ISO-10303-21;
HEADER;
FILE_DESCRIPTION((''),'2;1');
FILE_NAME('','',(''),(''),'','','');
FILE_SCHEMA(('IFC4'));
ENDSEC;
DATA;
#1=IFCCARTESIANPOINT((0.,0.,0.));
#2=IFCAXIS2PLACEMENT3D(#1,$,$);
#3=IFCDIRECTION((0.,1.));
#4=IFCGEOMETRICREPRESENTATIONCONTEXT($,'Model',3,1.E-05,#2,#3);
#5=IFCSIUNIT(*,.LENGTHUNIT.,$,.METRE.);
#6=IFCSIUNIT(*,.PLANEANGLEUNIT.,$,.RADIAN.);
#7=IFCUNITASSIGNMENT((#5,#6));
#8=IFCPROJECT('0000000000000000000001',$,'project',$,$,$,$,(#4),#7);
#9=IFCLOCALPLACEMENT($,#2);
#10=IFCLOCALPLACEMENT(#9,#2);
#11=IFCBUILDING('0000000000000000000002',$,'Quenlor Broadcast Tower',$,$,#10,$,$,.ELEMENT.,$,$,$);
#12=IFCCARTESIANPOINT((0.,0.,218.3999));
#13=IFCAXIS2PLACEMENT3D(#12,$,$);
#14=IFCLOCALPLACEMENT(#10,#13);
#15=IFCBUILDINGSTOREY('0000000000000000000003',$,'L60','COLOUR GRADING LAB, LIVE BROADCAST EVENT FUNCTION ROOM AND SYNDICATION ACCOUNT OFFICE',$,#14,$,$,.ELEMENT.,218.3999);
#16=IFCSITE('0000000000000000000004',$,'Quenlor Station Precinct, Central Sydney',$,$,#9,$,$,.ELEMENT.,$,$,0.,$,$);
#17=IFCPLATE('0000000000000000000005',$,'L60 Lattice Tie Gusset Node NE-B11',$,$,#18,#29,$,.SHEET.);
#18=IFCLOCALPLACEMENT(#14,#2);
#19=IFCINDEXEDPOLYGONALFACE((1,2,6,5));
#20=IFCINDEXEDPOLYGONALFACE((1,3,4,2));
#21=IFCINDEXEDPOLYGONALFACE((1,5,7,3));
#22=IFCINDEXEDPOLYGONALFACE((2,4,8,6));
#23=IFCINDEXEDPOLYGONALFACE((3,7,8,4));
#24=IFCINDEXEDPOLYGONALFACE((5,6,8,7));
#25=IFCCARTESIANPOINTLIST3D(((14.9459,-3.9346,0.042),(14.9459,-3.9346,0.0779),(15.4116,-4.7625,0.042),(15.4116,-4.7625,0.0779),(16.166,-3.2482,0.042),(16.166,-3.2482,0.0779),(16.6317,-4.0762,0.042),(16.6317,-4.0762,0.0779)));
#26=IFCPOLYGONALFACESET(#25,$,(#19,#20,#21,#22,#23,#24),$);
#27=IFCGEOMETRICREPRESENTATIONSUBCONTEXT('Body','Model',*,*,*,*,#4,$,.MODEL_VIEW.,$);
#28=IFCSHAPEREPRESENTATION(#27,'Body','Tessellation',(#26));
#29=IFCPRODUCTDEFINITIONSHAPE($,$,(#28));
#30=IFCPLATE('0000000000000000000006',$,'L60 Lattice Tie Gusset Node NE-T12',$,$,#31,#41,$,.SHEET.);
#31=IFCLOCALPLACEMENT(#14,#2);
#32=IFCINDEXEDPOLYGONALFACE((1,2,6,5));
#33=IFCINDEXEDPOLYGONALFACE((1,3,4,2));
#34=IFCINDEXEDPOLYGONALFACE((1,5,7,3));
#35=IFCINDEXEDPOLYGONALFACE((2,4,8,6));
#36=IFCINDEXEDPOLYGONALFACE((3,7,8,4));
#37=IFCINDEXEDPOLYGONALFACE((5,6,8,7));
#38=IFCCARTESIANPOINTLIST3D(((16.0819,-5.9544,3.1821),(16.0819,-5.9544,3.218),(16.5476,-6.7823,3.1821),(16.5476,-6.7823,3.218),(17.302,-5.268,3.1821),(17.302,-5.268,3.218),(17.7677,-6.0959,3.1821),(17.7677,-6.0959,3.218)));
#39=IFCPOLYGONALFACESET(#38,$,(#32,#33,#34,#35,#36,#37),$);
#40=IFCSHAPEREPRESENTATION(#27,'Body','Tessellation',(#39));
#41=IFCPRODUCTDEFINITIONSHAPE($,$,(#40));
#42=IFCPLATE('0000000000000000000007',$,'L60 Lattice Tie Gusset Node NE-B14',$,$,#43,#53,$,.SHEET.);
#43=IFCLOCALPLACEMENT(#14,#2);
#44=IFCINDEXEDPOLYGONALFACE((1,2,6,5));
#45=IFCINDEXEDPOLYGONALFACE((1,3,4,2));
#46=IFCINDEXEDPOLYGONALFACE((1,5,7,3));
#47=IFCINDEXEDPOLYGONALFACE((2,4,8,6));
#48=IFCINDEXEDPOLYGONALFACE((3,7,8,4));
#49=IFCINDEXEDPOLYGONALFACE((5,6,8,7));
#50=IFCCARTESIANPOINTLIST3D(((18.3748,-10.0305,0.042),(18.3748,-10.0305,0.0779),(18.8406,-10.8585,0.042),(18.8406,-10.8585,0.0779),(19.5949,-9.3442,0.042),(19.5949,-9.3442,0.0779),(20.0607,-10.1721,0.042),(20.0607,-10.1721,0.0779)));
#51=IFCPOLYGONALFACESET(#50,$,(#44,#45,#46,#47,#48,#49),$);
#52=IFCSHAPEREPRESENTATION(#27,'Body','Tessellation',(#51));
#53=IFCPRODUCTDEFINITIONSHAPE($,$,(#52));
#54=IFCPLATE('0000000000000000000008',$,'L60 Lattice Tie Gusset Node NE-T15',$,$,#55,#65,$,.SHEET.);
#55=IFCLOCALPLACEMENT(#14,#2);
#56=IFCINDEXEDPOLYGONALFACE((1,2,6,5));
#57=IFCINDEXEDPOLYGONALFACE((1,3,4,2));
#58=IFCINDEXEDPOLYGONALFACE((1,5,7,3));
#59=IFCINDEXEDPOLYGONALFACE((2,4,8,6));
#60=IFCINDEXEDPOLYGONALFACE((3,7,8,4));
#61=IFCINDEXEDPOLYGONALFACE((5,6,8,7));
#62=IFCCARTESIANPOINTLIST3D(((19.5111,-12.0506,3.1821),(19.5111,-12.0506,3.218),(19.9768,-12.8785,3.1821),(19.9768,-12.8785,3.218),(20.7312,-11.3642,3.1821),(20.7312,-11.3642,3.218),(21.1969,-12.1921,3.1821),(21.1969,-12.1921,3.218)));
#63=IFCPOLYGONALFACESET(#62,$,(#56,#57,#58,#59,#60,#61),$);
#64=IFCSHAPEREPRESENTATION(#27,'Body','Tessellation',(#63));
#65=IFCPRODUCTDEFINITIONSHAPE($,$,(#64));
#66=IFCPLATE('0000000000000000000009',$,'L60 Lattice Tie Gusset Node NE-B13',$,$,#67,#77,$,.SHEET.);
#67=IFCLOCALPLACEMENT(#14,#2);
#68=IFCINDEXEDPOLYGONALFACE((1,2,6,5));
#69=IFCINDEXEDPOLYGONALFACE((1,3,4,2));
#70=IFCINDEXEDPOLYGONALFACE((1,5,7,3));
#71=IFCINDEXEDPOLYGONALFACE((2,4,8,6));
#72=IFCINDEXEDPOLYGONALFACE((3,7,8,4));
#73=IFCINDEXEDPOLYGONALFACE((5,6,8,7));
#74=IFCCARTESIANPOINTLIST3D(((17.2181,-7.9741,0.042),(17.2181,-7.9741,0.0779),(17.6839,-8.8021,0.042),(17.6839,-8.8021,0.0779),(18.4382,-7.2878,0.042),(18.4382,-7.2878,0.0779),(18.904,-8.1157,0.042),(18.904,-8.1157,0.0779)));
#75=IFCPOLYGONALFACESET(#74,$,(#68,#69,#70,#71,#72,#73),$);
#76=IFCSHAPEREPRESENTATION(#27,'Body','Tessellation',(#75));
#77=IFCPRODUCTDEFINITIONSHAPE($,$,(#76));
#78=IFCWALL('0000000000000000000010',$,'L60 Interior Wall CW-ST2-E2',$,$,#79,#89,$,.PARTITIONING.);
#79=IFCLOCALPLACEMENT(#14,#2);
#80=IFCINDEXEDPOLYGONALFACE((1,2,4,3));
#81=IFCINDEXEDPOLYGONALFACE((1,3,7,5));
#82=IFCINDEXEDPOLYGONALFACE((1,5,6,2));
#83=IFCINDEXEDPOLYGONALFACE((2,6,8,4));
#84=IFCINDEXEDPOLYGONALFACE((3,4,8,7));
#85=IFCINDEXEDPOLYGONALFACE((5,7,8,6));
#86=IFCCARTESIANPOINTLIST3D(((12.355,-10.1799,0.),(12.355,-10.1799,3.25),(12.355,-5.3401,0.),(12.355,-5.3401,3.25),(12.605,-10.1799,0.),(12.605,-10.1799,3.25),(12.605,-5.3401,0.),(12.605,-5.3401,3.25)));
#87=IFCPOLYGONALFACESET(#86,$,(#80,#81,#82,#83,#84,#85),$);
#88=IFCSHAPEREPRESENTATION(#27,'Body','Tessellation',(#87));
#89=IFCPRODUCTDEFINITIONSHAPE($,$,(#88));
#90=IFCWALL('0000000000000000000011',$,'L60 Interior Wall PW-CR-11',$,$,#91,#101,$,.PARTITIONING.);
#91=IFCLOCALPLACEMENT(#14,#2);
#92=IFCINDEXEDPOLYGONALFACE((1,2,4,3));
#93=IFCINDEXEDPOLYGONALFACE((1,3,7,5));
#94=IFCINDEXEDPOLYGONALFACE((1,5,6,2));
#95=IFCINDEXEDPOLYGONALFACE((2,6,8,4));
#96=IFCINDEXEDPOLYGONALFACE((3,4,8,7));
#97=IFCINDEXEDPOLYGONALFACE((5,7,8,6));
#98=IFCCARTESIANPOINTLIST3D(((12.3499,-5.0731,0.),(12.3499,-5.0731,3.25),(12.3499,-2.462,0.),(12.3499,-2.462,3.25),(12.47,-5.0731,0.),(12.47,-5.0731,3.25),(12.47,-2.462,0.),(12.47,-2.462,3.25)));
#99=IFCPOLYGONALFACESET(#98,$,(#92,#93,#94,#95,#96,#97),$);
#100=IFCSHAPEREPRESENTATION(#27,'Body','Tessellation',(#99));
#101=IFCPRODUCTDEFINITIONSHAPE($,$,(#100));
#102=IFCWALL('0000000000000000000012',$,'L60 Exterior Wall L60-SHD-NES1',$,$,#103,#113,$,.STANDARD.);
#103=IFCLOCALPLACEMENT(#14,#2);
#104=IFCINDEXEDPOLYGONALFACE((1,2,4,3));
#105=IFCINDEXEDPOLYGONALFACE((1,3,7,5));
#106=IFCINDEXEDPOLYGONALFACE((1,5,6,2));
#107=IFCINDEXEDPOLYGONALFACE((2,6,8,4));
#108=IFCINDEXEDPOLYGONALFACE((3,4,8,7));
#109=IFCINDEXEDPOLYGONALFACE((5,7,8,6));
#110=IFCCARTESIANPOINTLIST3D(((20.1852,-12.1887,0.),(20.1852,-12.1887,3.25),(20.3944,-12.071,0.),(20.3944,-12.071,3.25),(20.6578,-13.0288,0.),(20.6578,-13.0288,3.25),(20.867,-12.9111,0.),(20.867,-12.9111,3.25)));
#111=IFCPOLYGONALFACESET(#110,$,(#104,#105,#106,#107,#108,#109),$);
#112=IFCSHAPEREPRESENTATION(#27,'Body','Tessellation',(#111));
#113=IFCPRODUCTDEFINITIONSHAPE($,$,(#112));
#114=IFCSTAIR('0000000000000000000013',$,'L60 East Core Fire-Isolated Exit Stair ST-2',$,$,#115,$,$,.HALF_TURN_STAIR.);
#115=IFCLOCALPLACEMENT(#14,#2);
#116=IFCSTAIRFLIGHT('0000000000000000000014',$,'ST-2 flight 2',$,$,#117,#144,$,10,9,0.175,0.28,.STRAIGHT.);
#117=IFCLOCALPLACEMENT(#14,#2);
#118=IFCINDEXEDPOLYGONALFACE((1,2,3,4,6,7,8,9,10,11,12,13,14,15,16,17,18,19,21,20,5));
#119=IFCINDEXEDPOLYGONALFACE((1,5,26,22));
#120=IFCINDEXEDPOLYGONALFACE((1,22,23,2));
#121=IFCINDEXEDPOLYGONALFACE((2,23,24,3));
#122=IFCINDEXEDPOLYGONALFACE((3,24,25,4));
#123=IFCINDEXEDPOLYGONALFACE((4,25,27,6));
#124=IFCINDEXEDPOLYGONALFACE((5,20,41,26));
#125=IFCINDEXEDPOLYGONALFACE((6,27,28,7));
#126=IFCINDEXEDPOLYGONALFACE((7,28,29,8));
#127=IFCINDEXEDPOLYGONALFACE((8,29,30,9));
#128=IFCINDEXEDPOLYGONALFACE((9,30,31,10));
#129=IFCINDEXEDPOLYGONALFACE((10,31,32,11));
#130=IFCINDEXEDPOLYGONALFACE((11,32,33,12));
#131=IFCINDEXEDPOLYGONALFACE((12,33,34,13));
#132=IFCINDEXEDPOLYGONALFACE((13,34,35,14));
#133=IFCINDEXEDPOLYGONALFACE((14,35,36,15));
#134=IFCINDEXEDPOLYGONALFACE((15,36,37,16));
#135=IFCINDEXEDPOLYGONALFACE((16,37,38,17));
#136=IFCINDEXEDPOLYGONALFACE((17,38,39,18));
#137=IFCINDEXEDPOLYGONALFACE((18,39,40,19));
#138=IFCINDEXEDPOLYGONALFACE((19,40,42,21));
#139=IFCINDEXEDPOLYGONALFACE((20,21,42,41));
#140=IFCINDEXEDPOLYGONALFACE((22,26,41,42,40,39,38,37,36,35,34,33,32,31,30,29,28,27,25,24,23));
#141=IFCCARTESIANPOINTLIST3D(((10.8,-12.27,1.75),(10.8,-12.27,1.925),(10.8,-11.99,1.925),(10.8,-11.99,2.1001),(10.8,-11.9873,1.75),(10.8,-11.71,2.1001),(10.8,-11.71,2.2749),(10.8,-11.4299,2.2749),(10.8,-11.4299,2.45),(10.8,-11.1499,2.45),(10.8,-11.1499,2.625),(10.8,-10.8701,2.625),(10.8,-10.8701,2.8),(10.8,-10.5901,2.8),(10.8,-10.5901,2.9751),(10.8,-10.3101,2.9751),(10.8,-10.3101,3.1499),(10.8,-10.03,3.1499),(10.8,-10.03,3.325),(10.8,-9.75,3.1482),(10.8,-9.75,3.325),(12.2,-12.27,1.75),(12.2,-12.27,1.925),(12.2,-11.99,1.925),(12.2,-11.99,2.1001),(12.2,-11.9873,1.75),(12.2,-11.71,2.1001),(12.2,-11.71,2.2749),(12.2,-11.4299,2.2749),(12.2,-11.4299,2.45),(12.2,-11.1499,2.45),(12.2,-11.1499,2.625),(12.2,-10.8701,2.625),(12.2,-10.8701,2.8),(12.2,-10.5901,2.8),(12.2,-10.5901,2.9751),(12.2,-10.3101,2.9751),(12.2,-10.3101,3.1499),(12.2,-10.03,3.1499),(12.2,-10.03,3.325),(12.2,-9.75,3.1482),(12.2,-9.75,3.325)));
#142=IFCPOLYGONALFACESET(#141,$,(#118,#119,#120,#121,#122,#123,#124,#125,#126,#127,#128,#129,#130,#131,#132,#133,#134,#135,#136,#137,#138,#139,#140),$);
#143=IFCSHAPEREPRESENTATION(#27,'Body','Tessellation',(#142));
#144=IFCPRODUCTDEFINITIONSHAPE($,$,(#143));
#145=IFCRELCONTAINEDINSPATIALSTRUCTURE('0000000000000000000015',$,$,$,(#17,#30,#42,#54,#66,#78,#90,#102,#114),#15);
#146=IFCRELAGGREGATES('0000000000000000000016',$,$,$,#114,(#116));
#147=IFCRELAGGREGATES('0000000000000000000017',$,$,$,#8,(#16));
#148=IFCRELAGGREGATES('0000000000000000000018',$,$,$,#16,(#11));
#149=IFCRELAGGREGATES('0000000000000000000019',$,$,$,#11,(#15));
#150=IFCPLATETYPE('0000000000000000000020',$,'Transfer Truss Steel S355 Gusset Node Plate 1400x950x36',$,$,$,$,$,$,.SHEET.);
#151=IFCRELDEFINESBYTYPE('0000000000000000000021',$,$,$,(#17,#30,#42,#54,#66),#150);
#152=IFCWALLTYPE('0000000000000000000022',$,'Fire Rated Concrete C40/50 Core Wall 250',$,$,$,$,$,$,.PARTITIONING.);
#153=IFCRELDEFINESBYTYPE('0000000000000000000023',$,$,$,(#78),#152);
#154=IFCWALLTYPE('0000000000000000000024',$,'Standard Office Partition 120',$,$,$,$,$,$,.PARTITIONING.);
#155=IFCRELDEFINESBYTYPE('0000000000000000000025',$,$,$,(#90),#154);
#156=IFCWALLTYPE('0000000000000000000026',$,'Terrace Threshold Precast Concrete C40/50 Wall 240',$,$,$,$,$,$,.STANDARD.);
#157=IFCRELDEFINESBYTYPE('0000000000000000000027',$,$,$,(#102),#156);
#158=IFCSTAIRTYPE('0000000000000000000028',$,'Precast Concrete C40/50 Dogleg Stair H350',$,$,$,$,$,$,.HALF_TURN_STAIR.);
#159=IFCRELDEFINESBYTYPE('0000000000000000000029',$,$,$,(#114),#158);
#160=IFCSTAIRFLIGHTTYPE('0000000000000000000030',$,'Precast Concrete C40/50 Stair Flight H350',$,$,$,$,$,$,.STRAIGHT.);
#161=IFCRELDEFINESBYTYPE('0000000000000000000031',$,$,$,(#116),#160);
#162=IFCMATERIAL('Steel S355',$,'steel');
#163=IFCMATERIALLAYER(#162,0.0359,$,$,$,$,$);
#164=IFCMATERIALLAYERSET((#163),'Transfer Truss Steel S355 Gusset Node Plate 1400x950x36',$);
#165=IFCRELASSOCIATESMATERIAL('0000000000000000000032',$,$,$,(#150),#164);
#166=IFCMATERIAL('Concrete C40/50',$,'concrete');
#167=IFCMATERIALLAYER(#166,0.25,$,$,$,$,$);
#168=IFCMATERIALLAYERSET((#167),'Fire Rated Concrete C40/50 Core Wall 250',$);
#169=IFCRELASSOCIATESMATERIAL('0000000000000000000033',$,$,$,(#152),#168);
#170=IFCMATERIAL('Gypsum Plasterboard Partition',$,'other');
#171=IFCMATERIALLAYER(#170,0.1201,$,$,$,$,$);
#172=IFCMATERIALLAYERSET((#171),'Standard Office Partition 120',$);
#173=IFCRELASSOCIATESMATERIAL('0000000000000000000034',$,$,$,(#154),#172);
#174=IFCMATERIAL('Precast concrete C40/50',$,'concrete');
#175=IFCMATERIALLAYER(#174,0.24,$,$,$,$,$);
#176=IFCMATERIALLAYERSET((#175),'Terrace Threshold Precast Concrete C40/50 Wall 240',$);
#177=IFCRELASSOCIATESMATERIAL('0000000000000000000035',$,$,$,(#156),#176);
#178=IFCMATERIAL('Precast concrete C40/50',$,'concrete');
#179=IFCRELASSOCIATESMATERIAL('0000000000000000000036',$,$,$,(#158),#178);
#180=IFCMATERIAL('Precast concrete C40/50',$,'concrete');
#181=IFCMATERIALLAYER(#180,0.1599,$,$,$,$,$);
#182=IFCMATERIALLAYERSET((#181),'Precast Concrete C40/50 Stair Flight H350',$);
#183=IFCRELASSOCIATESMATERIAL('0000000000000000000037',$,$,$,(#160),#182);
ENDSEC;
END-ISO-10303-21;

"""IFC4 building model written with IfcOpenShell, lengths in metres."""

from ifc_helpers import new_model, si_unit, direction, frame, frame_2d, origin, origin_2d, place, context, subcontext, project, spatial, polyline, rectangle, outline, extrude, material, layer, layer_set, type_object, element, aggregate, save


model = new_model("IFC4")

# Units and contexts
model_context = context("Model", 3, precision=1e-05, world=origin(), true_north=direction((0.0, 1.0)))
body_context = subcontext(model_context, "Body", "Model", "MODEL_VIEW")
ifc_project = project(units=[si_unit("LENGTHUNIT", "METRE"), si_unit("PLANEANGLEUNIT", "RADIAN")], contexts=[model_context])

# Site, building, storey
site_placement = place(None, origin())
site = spatial("IfcSite", under=ifc_project, at=site_placement, Name="Quenlor Station Precinct, Central Sydney", CompositionType="ELEMENT", RefElevation=0.0)
building_placement = place(site_placement, origin())
building = spatial("IfcBuilding", under=site, at=building_placement, Name="Quenlor Broadcast Tower", CompositionType="ELEMENT")
storey_placement = place(building_placement, frame((0.0, 0.0, 218.3999)))
storey = spatial("IfcBuildingStorey", under=building, at=storey_placement, Name="L60", Description="COLOUR GRADING LAB, LIVE BROADCAST EVENT FUNCTION ROOM AND SYNDICATION ACCOUNT OFFICE", CompositionType="ELEMENT", Elevation=218.3999)

# Plates
ifc_material_1 = material(Name="Steel S355", Category="steel")
ifc_layer_1 = layer(ifc_material_1, 0.0359)
ifc_layer_set_1 = layer_set([ifc_layer_1], Name="Transfer Truss Steel S355 Gusset Node Plate 1400x950x36")
plate_type = type_object("IfcPlateType", Name="Transfer Truss Steel S355 Gusset Node Plate 1400x950x36", PredefinedType="SHEET", material=ifc_layer_set_1)
for number, where, z_axis, x_axis, name in (
    (1, (15.7888, -4.0054, 0.042), (0.0, 0.0, 1.0), (0.871556, 0.490295, 0.0), "L60 Lattice Tie Gusset Node NE-B11"),
    (2, (16.9248, -6.0251, 3.1821), (0.0, 0.0, 1.0), (0.871556, 0.490295, 0.0), "L60 Lattice Tie Gusset Node NE-T12"),
    (3, (19.2178, -10.1013, 0.042), (0.0, 0.0, 1.0), (0.871556, 0.490295, 0.0), "L60 Lattice Tie Gusset Node NE-B14"),
    (4, (20.354, -12.1213, 3.1821), (0.0, 0.0, 1.0), (0.871556, 0.490295, 0.0), "L60 Lattice Tie Gusset Node NE-T15"),
    (5, (18.061, -8.0449, 0.042), (0.0, 0.0, 1.0), (0.871556, 0.490295, 0.0), "L60 Lattice Tie Gusset Node NE-B13"),
):
    element("IfcPlate", number, at=place(storey_placement, frame(where, z_axis=z_axis, x_axis=x_axis)), inside=storey, type_object=plate_type, Name=name, PredefinedType="SHEET", context=body_context, shape_type="SweptSolid", body=[
        extrude(rectangle(XDim=1.3999, YDim=0.95, at=origin_2d()), origin(), (0.0, 0.0, 1.0), 0.0359),
    ])

# Walls
ifc_material_2 = material(Name="Concrete C40/50", Category="concrete")
ifc_layer_2 = layer(ifc_material_2, 0.25)
ifc_layer_set_2 = layer_set([ifc_layer_2], Name="Fire Rated Concrete C40/50 Core Wall 250")
wall_type_1 = type_object("IfcWallType", Name="Fire Rated Concrete C40/50 Core Wall 250", PredefinedType="PARTITIONING", material=ifc_layer_set_2)
wall_1_placement = place(storey_placement, frame((12.48, -10.1799, 0.0), z_axis=(0.0, 0.0, 1.0), x_axis=(0.0, 1.0, 0.0)))
element("IfcWall", 6, at=wall_1_placement, inside=storey, type_object=wall_type_1, Name="L60 Interior Wall CW-ST2-E2", PredefinedType="PARTITIONING", context=body_context, shape_type="SweptSolid", body=[
    extrude(rectangle(XDim=4.8398, YDim=0.25, at=frame_2d((2.4199, 0.0))), origin(), (0.0, 0.0, 1.0), 3.25),
])
ifc_material_3 = material(Name="Gypsum Plasterboard Partition", Category="other")
ifc_layer_3 = layer(ifc_material_3, 0.1201)
ifc_layer_set_3 = layer_set([ifc_layer_3], Name="Standard Office Partition 120")
wall_type_2 = type_object("IfcWallType", Name="Standard Office Partition 120", PredefinedType="PARTITIONING", material=ifc_layer_set_3)
wall_2_placement = place(storey_placement, frame((12.4099, -2.4619, 0.0), z_axis=(0.0, 0.0, 1.0), x_axis=(0.0, -1.0, 0.0)))
element("IfcWall", 7, at=wall_2_placement, inside=storey, type_object=wall_type_2, Name="L60 Interior Wall PW-CR-11", PredefinedType="PARTITIONING", context=body_context, shape_type="SweptSolid", body=[
    extrude(rectangle(XDim=2.6111, YDim=0.1201, at=frame_2d((1.3057, 0.0))), origin(), (0.0, 0.0, 1.0), 3.25),
])
ifc_material_4 = material(Name="Precast concrete C40/50", Category="concrete")
ifc_layer_4 = layer(ifc_material_4, 0.24)
ifc_layer_set_4 = layer_set([ifc_layer_4], Name="Terrace Threshold Precast Concrete C40/50 Wall 240")
wall_type_3 = type_object("IfcWallType", Name="Terrace Threshold Precast Concrete C40/50 Wall 240", PredefinedType="STANDARD", material=ifc_layer_set_4)
wall_3_placement = place(storey_placement, frame((20.2898, -12.1299, 0.0), z_axis=(0.0, 0.0, 1.0), x_axis=(0.490345, -0.871528, 0.0)))
element("IfcWall", 8, at=wall_3_placement, inside=storey, type_object=wall_type_3, Name="L60 Exterior Wall L60-SHD-NES1", PredefinedType="STANDARD", context=body_context, shape_type="SweptSolid", body=[
    extrude(rectangle(XDim=0.9639, YDim=0.24, at=frame_2d((0.4819, 0.0))), origin(), (0.0, 0.0, 1.0), 3.25),
])

# Stair, stair flight
ifc_material_5 = material(Name="Precast concrete C40/50", Category="concrete")
stair_type = type_object("IfcStairType", Name="Precast Concrete C40/50 Dogleg Stair H350", PredefinedType="HALF_TURN_STAIR", material=ifc_material_5)
stair_placement = place(storey_placement, origin())
stair = element("IfcStair", 9, at=stair_placement, inside=storey, type_object=stair_type, Name="L60 East Core Fire-Isolated Exit Stair ST-2", PredefinedType="HALF_TURN_STAIR")
ifc_material_6 = material(Name="Precast concrete C40/50", Category="concrete")
ifc_layer_5 = layer(ifc_material_6, 0.1599)
ifc_layer_set_5 = layer_set([ifc_layer_5], Name="Precast Concrete C40/50 Stair Flight H350")
stair_flight_type = type_object("IfcStairFlightType", Name="Precast Concrete C40/50 Stair Flight H350", PredefinedType="STRAIGHT", material=ifc_layer_set_5)
stair_flight_placement = place(storey_placement, frame((11.5, -12.27, 1.75), z_axis=(0.0, 0.0, 1.0), x_axis=(0.0, 1.0, 0.0)))
stair_flight = element("IfcStairFlight", 10, at=stair_flight_placement, type_object=stair_flight_type, Name="ST-2 flight 2", NumberOfRisers=10, NumberOfTreads=9, PredefinedType="STRAIGHT", RiserHeight=0.175, TreadLength=0.28, context=body_context, shape_type="SweptSolid", body=[
    extrude(outline(polyline([(0.0, 0.0), (0.0, 0.175), (0.28, 0.175), (0.28, 0.3501), (0.5601, 0.3501), (0.5601, 0.5249), (0.8401, 0.5249), (0.8401, 0.7), (1.1201, 0.7), (1.1201, 0.875), (1.3999, 0.875), (1.3999, 1.05), (1.6799, 1.05), (1.6799, 1.2251), (1.96, 1.2251), (1.96, 1.3999), (2.24, 1.3999), (2.24, 1.575), (2.52, 1.575), (2.52, 1.75), (2.52, 1.3982), (0.2827, 0.0), (0.0, 0.0)])), frame((0.0, 0.7, 0.0), z_axis=(0.0, -1.0, 0.0), x_axis=(1.0, 0.0, 0.0)), (0.0, 0.0, 1.0), 1.3999),
])
aggregate(stair, [stair_flight])

save(model, "model.ifc")
